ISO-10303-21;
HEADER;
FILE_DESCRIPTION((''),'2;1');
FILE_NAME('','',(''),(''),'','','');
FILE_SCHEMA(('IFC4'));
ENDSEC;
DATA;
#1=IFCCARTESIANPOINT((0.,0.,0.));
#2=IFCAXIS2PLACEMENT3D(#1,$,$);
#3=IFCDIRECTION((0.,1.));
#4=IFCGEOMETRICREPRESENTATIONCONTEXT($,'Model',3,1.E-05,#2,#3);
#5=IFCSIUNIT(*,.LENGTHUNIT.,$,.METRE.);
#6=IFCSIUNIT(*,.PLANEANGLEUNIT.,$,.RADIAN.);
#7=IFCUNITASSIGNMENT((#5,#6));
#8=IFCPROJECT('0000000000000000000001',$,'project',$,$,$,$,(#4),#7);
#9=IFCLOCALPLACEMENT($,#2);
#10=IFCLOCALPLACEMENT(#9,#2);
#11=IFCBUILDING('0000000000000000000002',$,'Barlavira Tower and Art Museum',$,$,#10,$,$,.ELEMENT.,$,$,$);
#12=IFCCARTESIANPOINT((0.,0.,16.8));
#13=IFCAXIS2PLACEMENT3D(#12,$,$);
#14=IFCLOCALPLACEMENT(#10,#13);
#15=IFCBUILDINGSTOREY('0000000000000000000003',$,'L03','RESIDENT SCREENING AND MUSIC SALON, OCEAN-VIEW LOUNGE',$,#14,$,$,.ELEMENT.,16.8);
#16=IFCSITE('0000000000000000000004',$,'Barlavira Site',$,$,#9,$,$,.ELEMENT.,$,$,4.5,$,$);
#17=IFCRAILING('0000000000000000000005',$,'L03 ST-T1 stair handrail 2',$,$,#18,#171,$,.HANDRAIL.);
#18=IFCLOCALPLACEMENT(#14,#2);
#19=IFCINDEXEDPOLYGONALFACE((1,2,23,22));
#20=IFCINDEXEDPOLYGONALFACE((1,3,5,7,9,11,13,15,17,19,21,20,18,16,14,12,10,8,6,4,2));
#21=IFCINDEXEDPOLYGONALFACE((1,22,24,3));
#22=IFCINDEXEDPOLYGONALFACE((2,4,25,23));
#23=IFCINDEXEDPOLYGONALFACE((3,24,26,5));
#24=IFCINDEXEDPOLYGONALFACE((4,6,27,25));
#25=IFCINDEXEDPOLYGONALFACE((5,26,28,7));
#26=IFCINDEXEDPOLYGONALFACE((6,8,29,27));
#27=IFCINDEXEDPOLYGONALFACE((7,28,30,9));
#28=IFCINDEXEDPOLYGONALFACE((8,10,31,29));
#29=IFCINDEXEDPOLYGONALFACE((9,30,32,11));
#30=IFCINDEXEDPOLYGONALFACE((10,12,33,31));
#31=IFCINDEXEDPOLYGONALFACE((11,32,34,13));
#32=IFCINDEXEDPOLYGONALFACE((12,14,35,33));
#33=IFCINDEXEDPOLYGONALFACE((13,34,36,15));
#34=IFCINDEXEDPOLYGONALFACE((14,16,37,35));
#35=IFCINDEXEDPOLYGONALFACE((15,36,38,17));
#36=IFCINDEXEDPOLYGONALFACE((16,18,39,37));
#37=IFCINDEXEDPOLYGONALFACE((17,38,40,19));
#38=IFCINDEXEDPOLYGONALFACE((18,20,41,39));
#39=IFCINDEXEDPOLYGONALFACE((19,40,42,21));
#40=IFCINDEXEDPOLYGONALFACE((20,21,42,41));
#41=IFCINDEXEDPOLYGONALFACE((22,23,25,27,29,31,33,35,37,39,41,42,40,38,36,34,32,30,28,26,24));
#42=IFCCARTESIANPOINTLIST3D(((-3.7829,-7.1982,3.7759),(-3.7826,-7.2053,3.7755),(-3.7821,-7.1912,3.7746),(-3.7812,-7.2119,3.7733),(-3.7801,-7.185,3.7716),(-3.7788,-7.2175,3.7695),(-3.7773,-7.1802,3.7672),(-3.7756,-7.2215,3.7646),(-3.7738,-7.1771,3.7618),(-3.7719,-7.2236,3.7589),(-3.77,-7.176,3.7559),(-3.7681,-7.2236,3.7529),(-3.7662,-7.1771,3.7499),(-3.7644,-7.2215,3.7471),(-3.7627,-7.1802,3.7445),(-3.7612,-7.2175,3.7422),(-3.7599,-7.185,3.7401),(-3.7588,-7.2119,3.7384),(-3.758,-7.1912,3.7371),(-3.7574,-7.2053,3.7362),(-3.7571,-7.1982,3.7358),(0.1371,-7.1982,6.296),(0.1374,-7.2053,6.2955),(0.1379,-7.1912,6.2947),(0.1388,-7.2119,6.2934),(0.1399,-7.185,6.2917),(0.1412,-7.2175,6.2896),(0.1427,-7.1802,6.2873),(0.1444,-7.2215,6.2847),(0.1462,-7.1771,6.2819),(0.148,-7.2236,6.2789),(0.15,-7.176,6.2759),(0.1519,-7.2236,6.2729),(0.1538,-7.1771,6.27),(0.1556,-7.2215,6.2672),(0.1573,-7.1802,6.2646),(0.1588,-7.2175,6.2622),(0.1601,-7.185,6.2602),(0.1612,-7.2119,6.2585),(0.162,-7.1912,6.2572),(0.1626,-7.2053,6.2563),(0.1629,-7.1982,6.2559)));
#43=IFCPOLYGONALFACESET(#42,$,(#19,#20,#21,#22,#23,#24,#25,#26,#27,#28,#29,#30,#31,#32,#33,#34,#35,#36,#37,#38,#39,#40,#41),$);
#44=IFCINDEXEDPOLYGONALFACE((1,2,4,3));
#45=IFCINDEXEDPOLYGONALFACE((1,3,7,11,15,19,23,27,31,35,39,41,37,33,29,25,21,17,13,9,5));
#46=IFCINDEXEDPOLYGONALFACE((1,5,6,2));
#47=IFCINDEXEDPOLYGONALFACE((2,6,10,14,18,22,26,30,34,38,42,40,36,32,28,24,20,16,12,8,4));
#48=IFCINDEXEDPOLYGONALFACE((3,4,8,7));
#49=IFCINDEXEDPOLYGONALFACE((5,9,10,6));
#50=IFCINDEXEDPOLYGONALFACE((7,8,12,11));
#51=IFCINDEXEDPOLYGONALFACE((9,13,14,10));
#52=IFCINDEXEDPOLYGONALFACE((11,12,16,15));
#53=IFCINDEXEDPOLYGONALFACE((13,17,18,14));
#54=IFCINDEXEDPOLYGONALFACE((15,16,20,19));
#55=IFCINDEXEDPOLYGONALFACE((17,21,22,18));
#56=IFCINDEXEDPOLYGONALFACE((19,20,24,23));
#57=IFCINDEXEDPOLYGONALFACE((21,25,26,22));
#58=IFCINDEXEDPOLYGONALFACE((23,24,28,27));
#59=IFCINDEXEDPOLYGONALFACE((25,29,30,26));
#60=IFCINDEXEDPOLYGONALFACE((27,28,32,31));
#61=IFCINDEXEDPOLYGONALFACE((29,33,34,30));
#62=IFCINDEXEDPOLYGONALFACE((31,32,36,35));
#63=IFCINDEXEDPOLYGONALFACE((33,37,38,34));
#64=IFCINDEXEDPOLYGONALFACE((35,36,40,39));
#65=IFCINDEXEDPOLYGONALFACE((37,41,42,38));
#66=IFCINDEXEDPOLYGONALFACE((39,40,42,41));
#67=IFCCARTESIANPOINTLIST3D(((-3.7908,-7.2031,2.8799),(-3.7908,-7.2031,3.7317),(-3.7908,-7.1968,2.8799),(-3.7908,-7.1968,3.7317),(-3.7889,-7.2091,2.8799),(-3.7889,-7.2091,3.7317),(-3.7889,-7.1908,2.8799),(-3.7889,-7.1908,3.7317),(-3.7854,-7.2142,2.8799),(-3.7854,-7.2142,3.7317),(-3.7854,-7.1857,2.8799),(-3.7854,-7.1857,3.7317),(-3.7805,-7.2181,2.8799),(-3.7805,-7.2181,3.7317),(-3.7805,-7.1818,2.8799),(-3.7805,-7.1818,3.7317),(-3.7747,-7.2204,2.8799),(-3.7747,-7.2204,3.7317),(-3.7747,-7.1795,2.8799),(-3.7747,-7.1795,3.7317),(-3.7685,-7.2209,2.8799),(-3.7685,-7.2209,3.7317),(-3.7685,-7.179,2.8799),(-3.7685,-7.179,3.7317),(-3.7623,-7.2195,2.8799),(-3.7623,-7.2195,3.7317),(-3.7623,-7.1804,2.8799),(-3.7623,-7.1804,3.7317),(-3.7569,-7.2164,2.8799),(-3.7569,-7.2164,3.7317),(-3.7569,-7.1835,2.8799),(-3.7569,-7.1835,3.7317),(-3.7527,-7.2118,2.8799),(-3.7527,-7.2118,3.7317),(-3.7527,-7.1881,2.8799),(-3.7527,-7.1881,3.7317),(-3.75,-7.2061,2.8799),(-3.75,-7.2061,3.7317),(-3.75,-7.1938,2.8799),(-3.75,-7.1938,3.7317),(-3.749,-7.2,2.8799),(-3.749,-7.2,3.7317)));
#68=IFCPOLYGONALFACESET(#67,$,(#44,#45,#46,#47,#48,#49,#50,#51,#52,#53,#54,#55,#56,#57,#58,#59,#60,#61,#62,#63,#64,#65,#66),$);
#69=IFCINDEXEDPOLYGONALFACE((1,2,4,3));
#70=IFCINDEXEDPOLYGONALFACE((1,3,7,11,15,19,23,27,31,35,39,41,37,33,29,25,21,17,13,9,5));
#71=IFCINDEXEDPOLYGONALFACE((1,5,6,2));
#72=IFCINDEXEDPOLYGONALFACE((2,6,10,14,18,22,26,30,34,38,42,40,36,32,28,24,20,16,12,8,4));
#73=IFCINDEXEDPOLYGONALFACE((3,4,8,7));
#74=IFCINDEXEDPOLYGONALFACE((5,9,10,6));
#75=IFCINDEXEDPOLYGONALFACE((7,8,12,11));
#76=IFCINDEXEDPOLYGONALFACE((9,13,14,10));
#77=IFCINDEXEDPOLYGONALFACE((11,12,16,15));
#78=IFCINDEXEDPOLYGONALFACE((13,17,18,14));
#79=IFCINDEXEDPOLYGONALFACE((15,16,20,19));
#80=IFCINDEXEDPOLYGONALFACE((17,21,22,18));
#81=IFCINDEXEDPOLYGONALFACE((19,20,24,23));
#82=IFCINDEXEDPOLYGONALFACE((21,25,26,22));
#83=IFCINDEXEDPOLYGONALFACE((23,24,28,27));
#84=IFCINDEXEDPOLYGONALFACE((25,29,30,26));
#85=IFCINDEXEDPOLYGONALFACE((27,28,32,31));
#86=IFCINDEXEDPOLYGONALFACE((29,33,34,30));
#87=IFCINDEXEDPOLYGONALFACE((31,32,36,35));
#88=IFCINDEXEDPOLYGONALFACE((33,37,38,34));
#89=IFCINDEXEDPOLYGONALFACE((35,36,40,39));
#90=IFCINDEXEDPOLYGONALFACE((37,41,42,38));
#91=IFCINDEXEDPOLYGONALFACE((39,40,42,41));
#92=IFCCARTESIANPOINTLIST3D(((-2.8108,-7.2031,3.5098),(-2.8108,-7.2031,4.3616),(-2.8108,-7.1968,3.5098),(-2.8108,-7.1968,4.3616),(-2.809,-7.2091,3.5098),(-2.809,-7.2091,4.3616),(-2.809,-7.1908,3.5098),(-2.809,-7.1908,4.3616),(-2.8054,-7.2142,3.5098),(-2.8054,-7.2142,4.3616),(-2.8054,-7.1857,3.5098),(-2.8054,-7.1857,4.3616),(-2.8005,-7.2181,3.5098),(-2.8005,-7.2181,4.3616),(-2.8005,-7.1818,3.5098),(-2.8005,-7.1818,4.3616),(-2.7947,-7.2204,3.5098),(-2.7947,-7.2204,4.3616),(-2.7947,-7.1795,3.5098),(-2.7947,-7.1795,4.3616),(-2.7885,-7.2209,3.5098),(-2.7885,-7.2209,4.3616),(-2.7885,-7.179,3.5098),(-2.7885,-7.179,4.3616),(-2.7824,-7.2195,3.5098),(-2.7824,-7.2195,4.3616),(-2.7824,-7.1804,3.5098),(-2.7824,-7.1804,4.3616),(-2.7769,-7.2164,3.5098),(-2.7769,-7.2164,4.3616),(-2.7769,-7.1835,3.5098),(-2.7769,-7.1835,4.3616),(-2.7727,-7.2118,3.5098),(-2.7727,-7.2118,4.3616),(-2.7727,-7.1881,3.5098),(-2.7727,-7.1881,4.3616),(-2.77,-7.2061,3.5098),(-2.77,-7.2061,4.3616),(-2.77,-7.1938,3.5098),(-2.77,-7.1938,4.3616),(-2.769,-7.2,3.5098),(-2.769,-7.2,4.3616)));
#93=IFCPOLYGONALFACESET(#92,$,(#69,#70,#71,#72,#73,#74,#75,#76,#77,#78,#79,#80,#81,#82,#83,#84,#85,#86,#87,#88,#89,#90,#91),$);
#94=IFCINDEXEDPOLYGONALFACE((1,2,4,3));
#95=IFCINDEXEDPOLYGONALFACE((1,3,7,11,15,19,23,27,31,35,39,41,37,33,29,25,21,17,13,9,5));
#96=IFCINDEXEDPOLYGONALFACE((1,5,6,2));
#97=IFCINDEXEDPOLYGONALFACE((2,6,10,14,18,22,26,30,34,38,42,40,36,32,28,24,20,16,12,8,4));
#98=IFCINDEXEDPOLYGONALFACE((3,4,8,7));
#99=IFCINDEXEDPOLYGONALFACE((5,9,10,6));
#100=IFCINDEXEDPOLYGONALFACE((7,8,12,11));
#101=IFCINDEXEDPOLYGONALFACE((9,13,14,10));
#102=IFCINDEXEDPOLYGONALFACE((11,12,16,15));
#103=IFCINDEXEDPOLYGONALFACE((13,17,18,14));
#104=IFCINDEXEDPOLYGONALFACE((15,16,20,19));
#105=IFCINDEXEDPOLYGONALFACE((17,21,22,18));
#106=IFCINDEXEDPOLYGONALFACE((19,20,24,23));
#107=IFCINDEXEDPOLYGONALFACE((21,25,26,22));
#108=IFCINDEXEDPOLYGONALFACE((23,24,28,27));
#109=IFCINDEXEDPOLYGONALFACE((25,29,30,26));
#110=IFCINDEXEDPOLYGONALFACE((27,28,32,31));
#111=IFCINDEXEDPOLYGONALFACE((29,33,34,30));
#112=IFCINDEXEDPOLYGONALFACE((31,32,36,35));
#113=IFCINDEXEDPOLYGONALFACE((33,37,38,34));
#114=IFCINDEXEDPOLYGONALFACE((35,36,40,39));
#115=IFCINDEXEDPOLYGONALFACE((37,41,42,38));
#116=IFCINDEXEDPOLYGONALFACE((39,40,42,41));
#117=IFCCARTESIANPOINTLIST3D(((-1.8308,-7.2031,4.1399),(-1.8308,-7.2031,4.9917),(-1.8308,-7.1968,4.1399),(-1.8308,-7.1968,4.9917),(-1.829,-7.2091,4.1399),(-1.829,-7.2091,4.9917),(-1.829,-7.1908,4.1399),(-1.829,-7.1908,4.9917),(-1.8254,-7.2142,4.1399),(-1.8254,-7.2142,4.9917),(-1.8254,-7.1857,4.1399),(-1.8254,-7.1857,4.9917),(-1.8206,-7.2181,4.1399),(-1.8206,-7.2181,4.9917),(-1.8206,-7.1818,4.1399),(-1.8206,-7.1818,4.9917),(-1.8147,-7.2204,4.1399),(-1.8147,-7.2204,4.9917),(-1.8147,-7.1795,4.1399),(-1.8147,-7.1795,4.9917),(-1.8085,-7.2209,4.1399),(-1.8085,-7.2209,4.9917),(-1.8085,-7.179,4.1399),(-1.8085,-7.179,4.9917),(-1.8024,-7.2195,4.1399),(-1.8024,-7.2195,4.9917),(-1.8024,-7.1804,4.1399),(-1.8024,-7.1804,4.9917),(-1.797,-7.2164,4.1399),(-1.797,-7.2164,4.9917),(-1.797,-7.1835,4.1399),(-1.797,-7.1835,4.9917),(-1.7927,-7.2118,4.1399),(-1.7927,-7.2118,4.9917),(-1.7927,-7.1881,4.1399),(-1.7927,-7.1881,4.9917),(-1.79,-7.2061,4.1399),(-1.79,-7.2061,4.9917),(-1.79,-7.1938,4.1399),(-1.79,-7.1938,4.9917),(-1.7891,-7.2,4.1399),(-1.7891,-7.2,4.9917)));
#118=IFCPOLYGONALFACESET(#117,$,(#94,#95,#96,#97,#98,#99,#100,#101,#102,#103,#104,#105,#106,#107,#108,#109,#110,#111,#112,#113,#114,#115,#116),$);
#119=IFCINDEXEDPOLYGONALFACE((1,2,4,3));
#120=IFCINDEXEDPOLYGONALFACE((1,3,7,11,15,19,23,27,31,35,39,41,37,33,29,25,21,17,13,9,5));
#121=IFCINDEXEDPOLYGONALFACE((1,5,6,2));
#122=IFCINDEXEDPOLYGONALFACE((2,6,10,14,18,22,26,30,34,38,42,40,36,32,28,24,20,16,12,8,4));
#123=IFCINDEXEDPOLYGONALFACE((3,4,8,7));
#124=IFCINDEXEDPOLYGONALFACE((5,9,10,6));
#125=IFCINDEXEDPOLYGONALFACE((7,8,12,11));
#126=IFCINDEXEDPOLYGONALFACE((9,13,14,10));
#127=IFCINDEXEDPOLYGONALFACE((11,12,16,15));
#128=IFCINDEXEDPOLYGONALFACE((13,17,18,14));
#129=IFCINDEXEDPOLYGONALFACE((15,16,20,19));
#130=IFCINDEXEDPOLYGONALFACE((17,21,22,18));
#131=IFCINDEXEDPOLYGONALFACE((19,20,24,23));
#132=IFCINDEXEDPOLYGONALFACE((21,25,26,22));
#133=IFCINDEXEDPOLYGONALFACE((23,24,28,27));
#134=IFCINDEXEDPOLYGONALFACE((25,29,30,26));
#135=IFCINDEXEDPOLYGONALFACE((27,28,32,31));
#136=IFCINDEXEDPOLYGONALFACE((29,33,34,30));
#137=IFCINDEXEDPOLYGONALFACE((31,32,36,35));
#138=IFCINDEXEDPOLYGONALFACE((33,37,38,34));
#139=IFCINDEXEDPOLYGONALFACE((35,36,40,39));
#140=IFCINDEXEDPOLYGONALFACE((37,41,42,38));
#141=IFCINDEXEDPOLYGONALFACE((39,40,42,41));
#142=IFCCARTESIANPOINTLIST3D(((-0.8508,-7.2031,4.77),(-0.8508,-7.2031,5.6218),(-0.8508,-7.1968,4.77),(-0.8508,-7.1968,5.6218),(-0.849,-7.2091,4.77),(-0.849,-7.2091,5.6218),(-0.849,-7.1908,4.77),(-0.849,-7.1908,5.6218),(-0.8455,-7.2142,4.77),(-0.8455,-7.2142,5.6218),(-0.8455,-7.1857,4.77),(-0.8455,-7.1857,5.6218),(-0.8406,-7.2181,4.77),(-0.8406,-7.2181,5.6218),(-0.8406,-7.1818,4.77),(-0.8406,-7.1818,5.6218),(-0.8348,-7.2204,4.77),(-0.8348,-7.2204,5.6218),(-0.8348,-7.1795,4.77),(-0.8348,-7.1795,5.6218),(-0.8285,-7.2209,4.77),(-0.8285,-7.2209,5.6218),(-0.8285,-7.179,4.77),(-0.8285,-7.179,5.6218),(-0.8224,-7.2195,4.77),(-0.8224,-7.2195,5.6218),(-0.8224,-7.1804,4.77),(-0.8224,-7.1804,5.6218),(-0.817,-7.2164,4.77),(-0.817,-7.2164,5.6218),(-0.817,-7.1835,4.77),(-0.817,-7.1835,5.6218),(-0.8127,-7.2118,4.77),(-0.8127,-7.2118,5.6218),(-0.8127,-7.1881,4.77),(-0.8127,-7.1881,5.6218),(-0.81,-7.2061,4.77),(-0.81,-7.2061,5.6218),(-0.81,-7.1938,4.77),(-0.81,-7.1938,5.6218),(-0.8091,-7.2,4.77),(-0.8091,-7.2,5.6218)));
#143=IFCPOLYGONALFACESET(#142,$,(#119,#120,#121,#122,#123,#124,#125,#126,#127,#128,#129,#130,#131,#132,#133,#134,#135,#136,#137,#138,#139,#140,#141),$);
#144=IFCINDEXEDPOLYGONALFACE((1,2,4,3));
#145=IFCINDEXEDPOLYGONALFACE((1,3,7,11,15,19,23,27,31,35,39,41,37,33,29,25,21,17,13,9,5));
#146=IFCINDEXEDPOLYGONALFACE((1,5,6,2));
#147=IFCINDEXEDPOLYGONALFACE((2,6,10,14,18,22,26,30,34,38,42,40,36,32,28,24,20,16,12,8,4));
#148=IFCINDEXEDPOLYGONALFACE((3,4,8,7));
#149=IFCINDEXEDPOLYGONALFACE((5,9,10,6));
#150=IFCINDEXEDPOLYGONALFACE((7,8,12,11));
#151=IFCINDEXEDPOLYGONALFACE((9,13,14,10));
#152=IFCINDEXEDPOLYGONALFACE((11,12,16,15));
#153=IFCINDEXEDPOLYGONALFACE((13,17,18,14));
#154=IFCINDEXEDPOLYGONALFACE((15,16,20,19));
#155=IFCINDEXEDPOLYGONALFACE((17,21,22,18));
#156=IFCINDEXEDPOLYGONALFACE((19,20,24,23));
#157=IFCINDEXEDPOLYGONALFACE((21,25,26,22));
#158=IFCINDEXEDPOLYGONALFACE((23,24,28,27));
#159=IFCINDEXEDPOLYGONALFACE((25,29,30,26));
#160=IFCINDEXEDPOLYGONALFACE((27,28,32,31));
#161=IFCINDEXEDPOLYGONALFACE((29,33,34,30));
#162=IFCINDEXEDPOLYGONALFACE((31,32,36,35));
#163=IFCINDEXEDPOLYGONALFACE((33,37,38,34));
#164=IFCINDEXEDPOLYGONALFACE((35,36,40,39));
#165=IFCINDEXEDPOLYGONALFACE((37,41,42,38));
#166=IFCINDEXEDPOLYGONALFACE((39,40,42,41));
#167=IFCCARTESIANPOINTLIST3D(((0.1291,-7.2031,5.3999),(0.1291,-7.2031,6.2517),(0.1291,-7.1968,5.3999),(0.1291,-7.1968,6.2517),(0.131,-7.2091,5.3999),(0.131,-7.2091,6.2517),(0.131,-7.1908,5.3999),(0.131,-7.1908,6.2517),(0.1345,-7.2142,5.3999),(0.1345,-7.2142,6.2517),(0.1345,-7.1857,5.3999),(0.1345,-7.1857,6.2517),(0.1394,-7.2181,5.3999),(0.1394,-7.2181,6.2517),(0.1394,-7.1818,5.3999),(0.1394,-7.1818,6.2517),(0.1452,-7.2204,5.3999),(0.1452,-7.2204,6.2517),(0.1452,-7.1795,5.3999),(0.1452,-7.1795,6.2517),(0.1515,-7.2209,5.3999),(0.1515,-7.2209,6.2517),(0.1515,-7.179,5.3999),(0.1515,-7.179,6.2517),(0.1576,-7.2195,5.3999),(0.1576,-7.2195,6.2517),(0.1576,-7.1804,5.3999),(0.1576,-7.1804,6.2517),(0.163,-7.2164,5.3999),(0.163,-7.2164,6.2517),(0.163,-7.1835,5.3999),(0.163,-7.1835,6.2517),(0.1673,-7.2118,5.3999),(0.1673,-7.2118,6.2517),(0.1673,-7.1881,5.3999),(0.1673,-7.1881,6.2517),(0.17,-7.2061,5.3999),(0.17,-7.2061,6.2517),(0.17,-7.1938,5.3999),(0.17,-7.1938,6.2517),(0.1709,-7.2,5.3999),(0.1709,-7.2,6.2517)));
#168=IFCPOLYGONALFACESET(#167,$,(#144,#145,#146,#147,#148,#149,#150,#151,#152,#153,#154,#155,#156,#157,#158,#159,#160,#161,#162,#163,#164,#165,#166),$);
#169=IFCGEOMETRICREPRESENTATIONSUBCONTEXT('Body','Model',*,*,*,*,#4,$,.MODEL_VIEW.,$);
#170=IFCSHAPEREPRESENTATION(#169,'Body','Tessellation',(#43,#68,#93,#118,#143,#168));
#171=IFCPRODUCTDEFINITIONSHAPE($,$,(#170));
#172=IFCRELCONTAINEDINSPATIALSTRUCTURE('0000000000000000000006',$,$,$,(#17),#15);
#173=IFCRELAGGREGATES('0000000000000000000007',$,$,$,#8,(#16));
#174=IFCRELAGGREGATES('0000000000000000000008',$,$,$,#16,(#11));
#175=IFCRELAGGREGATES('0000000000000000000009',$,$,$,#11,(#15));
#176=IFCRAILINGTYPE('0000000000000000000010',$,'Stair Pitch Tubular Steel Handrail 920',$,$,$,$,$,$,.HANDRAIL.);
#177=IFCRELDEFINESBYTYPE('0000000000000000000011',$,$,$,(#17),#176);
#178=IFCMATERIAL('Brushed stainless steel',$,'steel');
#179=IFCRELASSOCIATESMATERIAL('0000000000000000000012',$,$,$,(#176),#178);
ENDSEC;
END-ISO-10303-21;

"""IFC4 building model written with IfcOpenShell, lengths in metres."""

from ifc_helpers import new_model, si_unit, direction, frame, origin, origin_2d, place, context, subcontext, project, spatial, circle, extrude, material, type_object, element, save


model = new_model("IFC4")

# Units and contexts
model_context = context("Model", 3, precision=1e-05, world=origin(), true_north=direction((0.0, 1.0)))
body_context = subcontext(model_context, "Body", "Model", "MODEL_VIEW")
ifc_project = project(units=[si_unit("LENGTHUNIT", "METRE"), si_unit("PLANEANGLEUNIT", "RADIAN")], contexts=[model_context])

# Site, building, storey
site_placement = place(None, origin())
site = spatial("IfcSite", under=ifc_project, at=site_placement, Name="Barlavira Site", CompositionType="ELEMENT", RefElevation=4.5)
building_placement = place(site_placement, origin())
building = spatial("IfcBuilding", under=site, at=building_placement, Name="Barlavira Tower and Art Museum", CompositionType="ELEMENT")
storey_placement = place(building_placement, frame((0.0, 0.0, 16.8)))
storey = spatial("IfcBuildingStorey", under=building, at=storey_placement, Name="L03", Description="RESIDENT SCREENING AND MUSIC SALON, OCEAN-VIEW LOUNGE", CompositionType="ELEMENT", Elevation=16.8)

# Shared definitions
ifc_material_1 = material(Name="Brushed stainless steel", Category="steel")

# Railing
railing_type_1 = type_object("IfcRailingType", Name="Stair Pitch Tubular Steel Handrail 920", PredefinedType="HANDRAIL", material=ifc_material_1)
railing_1_placement = place(storey_placement, frame((-3.77, -7.2, 2.8799)))
element("IfcRailing", 1, at=railing_1_placement, inside=storey, type_object=railing_type_1, Name="L03 ST-T1 stair handrail 2", PredefinedType="HANDRAIL", context=body_context, shape_type="SweptSolid", body=[
    extrude(circle(Radius=0.0239, at=origin_2d()), frame((0.0, 0.0, 0.876), z_axis=(0.841172, 0.0, 0.540768), x_axis=(0.0, 1.0, 0.0)), (0.0, 0.0, 1.0), 4.6602),
    extrude(circle(Radius=0.021, at=origin_2d()), origin(), (0.0, 0.0, 1.0), 0.8518),
    extrude(circle(Radius=0.021, at=origin_2d()), frame((0.98, 0.0, 0.6299)), (0.0, 0.0, 1.0), 0.8518),
    extrude(circle(Radius=0.021, at=origin_2d()), frame((1.96, 0.0, 1.26)), (0.0, 0.0, 1.0), 0.8518),
    extrude(circle(Radius=0.021, at=origin_2d()), frame((2.9399, 0.0, 1.8901)), (0.0, 0.0, 1.0), 0.8518),
    extrude(circle(Radius=0.021, at=origin_2d()), frame((3.9199, 0.0, 2.52)), (0.0, 0.0, 1.0), 0.8518),
])

save(model, "model.ifc")
